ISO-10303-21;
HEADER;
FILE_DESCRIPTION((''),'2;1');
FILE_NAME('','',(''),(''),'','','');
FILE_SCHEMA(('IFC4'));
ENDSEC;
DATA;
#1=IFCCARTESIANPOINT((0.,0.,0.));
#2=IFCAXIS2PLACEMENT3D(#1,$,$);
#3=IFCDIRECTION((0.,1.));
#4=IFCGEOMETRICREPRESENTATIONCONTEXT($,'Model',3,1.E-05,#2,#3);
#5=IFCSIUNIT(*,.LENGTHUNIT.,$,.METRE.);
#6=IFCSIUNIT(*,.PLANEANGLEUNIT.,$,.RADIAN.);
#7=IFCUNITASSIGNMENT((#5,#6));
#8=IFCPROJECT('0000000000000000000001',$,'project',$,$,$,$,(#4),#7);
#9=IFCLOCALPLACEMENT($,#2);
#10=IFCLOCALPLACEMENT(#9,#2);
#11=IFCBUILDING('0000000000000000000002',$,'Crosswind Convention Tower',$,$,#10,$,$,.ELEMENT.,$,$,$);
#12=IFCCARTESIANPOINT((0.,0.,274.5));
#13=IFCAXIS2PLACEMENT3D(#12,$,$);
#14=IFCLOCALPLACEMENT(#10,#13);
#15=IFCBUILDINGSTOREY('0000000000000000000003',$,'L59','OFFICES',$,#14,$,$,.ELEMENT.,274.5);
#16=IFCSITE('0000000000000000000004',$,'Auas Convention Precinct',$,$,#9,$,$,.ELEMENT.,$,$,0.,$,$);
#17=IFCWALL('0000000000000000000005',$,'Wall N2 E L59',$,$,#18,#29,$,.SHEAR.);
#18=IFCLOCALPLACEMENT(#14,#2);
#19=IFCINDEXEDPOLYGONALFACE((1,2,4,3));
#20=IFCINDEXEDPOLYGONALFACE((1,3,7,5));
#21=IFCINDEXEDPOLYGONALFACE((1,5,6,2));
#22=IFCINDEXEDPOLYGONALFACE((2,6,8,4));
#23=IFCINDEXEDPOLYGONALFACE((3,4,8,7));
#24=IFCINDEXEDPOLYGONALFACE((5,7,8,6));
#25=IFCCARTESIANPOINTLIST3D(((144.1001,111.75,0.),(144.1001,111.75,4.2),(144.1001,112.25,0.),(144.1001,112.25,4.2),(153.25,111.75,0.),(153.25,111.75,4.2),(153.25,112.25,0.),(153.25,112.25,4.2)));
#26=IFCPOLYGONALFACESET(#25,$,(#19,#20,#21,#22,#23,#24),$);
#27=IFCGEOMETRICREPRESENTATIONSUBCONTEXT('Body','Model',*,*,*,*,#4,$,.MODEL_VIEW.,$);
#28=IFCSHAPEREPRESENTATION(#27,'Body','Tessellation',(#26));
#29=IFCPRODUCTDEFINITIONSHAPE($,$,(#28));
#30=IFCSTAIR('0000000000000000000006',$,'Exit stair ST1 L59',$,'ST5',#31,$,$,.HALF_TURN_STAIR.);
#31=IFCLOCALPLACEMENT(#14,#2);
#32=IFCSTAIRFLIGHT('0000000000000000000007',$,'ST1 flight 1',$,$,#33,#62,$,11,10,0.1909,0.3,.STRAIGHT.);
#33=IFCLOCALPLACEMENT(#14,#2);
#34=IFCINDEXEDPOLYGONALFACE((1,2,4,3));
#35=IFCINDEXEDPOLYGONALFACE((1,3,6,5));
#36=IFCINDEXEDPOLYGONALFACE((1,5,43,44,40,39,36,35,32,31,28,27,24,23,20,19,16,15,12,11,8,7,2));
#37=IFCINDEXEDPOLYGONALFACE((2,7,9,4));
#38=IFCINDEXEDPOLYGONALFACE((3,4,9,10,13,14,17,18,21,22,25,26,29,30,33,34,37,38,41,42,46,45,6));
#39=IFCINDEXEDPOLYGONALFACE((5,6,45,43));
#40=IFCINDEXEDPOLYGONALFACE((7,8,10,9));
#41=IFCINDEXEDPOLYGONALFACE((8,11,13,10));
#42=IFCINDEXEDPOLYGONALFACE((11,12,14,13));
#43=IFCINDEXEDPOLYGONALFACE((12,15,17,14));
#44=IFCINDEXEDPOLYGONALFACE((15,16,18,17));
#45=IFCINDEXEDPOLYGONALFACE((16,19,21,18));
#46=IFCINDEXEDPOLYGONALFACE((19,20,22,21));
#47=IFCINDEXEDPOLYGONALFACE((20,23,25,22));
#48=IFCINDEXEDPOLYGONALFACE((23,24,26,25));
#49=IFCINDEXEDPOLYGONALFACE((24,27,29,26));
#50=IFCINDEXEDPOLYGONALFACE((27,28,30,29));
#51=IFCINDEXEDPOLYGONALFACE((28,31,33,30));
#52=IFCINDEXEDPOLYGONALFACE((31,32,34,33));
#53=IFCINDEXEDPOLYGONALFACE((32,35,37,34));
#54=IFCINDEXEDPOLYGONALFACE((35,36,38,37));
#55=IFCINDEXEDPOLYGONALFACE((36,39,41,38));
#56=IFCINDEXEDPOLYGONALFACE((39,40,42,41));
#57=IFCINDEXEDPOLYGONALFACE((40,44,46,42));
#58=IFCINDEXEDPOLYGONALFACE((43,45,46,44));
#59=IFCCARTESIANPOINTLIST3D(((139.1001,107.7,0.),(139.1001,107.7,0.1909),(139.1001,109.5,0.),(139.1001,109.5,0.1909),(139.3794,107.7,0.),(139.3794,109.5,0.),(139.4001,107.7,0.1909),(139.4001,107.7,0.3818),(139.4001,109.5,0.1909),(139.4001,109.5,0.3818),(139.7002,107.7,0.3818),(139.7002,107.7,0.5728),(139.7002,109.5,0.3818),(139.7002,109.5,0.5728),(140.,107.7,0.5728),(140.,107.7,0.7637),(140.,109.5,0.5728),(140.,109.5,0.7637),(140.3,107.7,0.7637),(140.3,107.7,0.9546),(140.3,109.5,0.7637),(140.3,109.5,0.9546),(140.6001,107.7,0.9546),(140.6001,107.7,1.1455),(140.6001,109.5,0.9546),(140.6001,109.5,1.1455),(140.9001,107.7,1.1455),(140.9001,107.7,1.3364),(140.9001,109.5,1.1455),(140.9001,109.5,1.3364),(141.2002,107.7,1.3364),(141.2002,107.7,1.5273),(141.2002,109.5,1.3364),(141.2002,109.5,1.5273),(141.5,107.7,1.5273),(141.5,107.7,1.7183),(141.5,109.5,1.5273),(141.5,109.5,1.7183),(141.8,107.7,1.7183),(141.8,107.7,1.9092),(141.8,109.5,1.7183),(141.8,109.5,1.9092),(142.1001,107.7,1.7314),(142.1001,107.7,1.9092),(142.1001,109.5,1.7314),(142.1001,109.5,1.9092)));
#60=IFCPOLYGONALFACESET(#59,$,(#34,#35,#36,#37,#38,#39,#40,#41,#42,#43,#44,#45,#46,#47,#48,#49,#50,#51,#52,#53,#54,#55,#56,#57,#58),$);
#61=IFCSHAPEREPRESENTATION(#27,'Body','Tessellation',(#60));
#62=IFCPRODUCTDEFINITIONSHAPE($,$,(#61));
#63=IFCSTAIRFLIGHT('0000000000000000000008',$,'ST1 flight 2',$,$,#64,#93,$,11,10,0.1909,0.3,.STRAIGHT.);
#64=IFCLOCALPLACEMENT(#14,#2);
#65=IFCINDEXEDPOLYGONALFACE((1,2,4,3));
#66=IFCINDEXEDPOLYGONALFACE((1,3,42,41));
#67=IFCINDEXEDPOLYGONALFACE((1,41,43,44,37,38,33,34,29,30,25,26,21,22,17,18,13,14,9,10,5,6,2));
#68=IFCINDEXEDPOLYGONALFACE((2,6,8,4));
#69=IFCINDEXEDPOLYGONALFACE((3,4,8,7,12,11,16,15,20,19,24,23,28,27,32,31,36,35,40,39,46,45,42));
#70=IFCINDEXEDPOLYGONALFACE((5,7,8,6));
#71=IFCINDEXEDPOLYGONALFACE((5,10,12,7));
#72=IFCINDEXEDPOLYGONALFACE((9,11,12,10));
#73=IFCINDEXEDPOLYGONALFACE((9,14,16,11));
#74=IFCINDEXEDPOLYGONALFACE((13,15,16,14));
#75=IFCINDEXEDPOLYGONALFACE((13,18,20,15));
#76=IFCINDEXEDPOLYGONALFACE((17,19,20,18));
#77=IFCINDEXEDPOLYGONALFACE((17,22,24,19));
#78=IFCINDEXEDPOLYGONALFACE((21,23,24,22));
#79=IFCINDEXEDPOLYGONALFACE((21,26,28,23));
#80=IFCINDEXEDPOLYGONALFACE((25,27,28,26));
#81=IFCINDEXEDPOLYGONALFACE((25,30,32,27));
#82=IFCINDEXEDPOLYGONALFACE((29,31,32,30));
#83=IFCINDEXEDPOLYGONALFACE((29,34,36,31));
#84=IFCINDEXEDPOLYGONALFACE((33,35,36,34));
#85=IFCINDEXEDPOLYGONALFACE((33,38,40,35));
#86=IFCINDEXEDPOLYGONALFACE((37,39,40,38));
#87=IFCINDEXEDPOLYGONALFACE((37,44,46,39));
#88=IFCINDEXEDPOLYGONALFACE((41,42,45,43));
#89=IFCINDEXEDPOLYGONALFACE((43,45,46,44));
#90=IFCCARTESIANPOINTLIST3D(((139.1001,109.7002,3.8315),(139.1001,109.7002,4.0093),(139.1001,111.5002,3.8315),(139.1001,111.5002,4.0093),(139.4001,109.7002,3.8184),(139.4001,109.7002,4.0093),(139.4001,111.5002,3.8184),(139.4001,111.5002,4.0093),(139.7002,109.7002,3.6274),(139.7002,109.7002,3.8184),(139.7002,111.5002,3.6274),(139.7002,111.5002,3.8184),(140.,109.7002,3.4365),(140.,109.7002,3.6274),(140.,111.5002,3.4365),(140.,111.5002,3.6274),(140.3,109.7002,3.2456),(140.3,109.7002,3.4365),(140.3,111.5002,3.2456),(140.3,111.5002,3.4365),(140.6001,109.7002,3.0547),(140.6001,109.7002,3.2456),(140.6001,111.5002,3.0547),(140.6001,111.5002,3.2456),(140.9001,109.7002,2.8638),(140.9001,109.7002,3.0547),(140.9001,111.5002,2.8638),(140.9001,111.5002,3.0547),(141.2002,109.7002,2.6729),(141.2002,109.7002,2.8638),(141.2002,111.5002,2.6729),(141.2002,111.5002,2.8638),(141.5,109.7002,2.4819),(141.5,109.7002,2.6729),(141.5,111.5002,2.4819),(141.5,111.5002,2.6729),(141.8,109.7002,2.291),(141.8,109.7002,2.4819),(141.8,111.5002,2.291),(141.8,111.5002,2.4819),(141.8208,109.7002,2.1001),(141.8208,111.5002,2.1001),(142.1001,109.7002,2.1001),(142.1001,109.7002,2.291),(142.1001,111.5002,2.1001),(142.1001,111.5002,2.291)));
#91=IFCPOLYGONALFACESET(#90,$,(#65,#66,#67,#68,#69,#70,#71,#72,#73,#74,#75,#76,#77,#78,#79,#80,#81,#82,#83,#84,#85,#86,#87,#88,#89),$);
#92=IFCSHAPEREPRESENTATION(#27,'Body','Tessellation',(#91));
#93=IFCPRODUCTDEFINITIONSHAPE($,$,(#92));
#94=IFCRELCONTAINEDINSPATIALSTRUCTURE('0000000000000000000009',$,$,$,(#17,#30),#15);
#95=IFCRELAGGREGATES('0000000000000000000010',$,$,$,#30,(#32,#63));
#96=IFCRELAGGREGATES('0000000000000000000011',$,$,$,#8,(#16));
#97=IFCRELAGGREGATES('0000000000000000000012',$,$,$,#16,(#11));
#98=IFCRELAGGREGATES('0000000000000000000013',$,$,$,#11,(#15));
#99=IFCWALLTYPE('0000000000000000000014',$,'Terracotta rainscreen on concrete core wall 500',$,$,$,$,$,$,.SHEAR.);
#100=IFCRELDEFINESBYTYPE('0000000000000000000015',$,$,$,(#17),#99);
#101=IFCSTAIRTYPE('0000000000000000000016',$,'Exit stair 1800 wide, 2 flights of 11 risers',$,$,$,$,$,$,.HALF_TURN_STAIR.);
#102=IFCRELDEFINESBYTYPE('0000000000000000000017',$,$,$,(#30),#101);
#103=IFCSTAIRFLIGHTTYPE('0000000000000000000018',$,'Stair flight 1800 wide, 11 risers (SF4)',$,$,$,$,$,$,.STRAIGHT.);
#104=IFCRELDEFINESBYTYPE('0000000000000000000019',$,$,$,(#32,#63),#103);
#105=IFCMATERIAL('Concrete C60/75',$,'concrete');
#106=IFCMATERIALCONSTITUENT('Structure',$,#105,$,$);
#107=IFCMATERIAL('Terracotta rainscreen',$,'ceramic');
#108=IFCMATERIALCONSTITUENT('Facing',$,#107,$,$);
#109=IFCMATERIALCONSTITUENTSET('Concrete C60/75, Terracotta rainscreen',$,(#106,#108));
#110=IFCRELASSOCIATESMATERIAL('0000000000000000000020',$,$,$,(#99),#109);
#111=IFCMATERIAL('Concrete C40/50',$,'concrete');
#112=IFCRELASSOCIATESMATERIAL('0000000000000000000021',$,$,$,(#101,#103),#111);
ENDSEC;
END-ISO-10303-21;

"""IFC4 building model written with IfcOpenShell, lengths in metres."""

from ifc_helpers import new_model, si_unit, direction, frame, frame_2d, origin, place, context, subcontext, project, spatial, polyline, rectangle, outline, extrude, material, constituent, constituent_set, type_object, element, aggregate, save


model = new_model("IFC4")

# Units and contexts
model_context = context("Model", 3, precision=1e-05, world=origin(), true_north=direction((0.0, 1.0)))
body_context = subcontext(model_context, "Body", "Model", "MODEL_VIEW")
ifc_project = project(units=[si_unit("LENGTHUNIT", "METRE"), si_unit("PLANEANGLEUNIT", "RADIAN")], contexts=[model_context])

# Site, building, storey
site_placement = place(None, origin())
site = spatial("IfcSite", under=ifc_project, at=site_placement, Name="Auas Convention Precinct", CompositionType="ELEMENT", RefElevation=0.0)
building_placement = place(site_placement, origin())
building = spatial("IfcBuilding", under=site, at=building_placement, Name="Crosswind Convention Tower", CompositionType="ELEMENT")
storey_placement = place(building_placement, frame((0.0, 0.0, 274.5)))
storey = spatial("IfcBuildingStorey", under=building, at=storey_placement, Name="L59", Description="OFFICES", CompositionType="ELEMENT", Elevation=274.5)

# Wall
ifc_material_1 = material(Name="Concrete C60/75", Category="concrete")
ifc_constituent_1 = constituent(ifc_material_1, Name="Structure")
ifc_material_2 = material(Name="Terracotta rainscreen", Category="ceramic")
ifc_constituent_2 = constituent(ifc_material_2, Name="Facing")
ifc_constituent_set = constituent_set(constituents=[ifc_constituent_1, ifc_constituent_2], Name="Concrete C60/75, Terracotta rainscreen")
wall_type_1 = type_object("IfcWallType", Name="Terracotta rainscreen on concrete core wall 500", PredefinedType="SHEAR", material=ifc_constituent_set)
wall_1_placement = place(storey_placement, frame((144.1001, 112.0, 0.0), z_axis=(0.0, 0.0, 1.0), x_axis=(1.0, 0.0, 0.0)))
element("IfcWall", 1, at=wall_1_placement, inside=storey, type_object=wall_type_1, Name="Wall N2 E L59", PredefinedType="SHEAR", context=body_context, shape_type="SweptSolid", body=[
    extrude(rectangle(XDim=9.1499, YDim=0.5, at=frame_2d((4.575, 0.0))), origin(), (0.0, 0.0, 1.0), 4.2),
])

# Stair, stair flights
ifc_material_3 = material(Name="Concrete C40/50", Category="concrete")
stair_type = type_object("IfcStairType", Name="Exit stair 1800 wide, 2 flights of 11 risers", PredefinedType="HALF_TURN_STAIR", material=ifc_material_3)
stair_placement = place(storey_placement, origin())
stair = element("IfcStair", 2, at=stair_placement, inside=storey, type_object=stair_type, Name="Exit stair ST1 L59", ObjectType="ST5", PredefinedType="HALF_TURN_STAIR")
stair_flight_type = type_object("IfcStairFlightType", Name="Stair flight 1800 wide, 11 risers (SF4)", PredefinedType="STRAIGHT", material=ifc_material_3)
stair_flight_1_placement = place(storey_placement, frame((139.1001, 108.6001, 0.0), z_axis=(0.0, 0.0, 1.0), x_axis=(1.0, 0.0, 0.0)))
stair_flight_1 = element("IfcStairFlight", 3, at=stair_flight_1_placement, type_object=stair_flight_type, Name="ST1 flight 1", NumberOfRisers=11, NumberOfTreads=10, PredefinedType="STRAIGHT", RiserHeight=0.1909, TreadLength=0.3, context=body_context, shape_type="SweptSolid", body=[
    extrude(outline(polyline([(0.0, 0.0), (0.0, 0.1909), (0.3, 0.1909), (0.3, 0.3818), (0.6001, 0.3818), (0.6001, 0.5728), (0.8999, 0.5728), (0.8999, 0.7637), (1.2, 0.7637), (1.2, 0.9546), (1.5, 0.9546), (1.5, 1.1455), (1.8, 1.1455), (1.8, 1.3364), (2.1001, 1.3364), (2.1001, 1.5273), (2.3999, 1.5273), (2.3999, 1.7183), (2.7, 1.7183), (2.7, 1.9092), (3.0, 1.9092), (3.0, 2.1001), (3.0, 1.7314), (0.2793, 0.0), (0.0, 0.0)])), frame((0.0, 0.8999, 0.0), z_axis=(0.0, -1.0, 0.0), x_axis=(1.0, 0.0, 0.0)), (0.0, 0.0, 1.0), 1.8),
])
stair_flight_2_placement = place(storey_placement, frame((142.1001, 110.6001, 2.1001), z_axis=(0.0, 0.0, 1.0), x_axis=(-1.0, 0.0, 0.0)))
stair_flight_2 = element("IfcStairFlight", 4, at=stair_flight_2_placement, type_object=stair_flight_type, Name="ST1 flight 2", NumberOfRisers=11, NumberOfTreads=10, PredefinedType="STRAIGHT", RiserHeight=0.1909, TreadLength=0.3, context=body_context, shape_type="SweptSolid", body=[
    extrude(outline(polyline([(0.0, 0.0), (0.0, 0.1909), (0.3, 0.1909), (0.3, 0.3818), (0.6001, 0.3818), (0.6001, 0.5728), (0.8999, 0.5728), (0.8999, 0.7637), (1.2, 0.7637), (1.2, 0.9546), (1.5, 0.9546), (1.5, 1.1455), (1.8, 1.1455), (1.8, 1.3364), (2.1001, 1.3364), (2.1001, 1.5273), (2.3999, 1.5273), (2.3999, 1.7183), (2.7, 1.7183), (2.7, 1.9092), (3.0, 1.9092), (3.0, 2.1001), (3.0, 1.7314), (0.2793, 0.0), (0.0, 0.0)])), frame((0.0, 0.8999, 0.0), z_axis=(0.0, -1.0, 0.0), x_axis=(1.0, 0.0, 0.0)), (0.0, 0.0, 1.0), 1.8),
])
aggregate(stair, [stair_flight_1, stair_flight_2])

save(model, "model.ifc")
